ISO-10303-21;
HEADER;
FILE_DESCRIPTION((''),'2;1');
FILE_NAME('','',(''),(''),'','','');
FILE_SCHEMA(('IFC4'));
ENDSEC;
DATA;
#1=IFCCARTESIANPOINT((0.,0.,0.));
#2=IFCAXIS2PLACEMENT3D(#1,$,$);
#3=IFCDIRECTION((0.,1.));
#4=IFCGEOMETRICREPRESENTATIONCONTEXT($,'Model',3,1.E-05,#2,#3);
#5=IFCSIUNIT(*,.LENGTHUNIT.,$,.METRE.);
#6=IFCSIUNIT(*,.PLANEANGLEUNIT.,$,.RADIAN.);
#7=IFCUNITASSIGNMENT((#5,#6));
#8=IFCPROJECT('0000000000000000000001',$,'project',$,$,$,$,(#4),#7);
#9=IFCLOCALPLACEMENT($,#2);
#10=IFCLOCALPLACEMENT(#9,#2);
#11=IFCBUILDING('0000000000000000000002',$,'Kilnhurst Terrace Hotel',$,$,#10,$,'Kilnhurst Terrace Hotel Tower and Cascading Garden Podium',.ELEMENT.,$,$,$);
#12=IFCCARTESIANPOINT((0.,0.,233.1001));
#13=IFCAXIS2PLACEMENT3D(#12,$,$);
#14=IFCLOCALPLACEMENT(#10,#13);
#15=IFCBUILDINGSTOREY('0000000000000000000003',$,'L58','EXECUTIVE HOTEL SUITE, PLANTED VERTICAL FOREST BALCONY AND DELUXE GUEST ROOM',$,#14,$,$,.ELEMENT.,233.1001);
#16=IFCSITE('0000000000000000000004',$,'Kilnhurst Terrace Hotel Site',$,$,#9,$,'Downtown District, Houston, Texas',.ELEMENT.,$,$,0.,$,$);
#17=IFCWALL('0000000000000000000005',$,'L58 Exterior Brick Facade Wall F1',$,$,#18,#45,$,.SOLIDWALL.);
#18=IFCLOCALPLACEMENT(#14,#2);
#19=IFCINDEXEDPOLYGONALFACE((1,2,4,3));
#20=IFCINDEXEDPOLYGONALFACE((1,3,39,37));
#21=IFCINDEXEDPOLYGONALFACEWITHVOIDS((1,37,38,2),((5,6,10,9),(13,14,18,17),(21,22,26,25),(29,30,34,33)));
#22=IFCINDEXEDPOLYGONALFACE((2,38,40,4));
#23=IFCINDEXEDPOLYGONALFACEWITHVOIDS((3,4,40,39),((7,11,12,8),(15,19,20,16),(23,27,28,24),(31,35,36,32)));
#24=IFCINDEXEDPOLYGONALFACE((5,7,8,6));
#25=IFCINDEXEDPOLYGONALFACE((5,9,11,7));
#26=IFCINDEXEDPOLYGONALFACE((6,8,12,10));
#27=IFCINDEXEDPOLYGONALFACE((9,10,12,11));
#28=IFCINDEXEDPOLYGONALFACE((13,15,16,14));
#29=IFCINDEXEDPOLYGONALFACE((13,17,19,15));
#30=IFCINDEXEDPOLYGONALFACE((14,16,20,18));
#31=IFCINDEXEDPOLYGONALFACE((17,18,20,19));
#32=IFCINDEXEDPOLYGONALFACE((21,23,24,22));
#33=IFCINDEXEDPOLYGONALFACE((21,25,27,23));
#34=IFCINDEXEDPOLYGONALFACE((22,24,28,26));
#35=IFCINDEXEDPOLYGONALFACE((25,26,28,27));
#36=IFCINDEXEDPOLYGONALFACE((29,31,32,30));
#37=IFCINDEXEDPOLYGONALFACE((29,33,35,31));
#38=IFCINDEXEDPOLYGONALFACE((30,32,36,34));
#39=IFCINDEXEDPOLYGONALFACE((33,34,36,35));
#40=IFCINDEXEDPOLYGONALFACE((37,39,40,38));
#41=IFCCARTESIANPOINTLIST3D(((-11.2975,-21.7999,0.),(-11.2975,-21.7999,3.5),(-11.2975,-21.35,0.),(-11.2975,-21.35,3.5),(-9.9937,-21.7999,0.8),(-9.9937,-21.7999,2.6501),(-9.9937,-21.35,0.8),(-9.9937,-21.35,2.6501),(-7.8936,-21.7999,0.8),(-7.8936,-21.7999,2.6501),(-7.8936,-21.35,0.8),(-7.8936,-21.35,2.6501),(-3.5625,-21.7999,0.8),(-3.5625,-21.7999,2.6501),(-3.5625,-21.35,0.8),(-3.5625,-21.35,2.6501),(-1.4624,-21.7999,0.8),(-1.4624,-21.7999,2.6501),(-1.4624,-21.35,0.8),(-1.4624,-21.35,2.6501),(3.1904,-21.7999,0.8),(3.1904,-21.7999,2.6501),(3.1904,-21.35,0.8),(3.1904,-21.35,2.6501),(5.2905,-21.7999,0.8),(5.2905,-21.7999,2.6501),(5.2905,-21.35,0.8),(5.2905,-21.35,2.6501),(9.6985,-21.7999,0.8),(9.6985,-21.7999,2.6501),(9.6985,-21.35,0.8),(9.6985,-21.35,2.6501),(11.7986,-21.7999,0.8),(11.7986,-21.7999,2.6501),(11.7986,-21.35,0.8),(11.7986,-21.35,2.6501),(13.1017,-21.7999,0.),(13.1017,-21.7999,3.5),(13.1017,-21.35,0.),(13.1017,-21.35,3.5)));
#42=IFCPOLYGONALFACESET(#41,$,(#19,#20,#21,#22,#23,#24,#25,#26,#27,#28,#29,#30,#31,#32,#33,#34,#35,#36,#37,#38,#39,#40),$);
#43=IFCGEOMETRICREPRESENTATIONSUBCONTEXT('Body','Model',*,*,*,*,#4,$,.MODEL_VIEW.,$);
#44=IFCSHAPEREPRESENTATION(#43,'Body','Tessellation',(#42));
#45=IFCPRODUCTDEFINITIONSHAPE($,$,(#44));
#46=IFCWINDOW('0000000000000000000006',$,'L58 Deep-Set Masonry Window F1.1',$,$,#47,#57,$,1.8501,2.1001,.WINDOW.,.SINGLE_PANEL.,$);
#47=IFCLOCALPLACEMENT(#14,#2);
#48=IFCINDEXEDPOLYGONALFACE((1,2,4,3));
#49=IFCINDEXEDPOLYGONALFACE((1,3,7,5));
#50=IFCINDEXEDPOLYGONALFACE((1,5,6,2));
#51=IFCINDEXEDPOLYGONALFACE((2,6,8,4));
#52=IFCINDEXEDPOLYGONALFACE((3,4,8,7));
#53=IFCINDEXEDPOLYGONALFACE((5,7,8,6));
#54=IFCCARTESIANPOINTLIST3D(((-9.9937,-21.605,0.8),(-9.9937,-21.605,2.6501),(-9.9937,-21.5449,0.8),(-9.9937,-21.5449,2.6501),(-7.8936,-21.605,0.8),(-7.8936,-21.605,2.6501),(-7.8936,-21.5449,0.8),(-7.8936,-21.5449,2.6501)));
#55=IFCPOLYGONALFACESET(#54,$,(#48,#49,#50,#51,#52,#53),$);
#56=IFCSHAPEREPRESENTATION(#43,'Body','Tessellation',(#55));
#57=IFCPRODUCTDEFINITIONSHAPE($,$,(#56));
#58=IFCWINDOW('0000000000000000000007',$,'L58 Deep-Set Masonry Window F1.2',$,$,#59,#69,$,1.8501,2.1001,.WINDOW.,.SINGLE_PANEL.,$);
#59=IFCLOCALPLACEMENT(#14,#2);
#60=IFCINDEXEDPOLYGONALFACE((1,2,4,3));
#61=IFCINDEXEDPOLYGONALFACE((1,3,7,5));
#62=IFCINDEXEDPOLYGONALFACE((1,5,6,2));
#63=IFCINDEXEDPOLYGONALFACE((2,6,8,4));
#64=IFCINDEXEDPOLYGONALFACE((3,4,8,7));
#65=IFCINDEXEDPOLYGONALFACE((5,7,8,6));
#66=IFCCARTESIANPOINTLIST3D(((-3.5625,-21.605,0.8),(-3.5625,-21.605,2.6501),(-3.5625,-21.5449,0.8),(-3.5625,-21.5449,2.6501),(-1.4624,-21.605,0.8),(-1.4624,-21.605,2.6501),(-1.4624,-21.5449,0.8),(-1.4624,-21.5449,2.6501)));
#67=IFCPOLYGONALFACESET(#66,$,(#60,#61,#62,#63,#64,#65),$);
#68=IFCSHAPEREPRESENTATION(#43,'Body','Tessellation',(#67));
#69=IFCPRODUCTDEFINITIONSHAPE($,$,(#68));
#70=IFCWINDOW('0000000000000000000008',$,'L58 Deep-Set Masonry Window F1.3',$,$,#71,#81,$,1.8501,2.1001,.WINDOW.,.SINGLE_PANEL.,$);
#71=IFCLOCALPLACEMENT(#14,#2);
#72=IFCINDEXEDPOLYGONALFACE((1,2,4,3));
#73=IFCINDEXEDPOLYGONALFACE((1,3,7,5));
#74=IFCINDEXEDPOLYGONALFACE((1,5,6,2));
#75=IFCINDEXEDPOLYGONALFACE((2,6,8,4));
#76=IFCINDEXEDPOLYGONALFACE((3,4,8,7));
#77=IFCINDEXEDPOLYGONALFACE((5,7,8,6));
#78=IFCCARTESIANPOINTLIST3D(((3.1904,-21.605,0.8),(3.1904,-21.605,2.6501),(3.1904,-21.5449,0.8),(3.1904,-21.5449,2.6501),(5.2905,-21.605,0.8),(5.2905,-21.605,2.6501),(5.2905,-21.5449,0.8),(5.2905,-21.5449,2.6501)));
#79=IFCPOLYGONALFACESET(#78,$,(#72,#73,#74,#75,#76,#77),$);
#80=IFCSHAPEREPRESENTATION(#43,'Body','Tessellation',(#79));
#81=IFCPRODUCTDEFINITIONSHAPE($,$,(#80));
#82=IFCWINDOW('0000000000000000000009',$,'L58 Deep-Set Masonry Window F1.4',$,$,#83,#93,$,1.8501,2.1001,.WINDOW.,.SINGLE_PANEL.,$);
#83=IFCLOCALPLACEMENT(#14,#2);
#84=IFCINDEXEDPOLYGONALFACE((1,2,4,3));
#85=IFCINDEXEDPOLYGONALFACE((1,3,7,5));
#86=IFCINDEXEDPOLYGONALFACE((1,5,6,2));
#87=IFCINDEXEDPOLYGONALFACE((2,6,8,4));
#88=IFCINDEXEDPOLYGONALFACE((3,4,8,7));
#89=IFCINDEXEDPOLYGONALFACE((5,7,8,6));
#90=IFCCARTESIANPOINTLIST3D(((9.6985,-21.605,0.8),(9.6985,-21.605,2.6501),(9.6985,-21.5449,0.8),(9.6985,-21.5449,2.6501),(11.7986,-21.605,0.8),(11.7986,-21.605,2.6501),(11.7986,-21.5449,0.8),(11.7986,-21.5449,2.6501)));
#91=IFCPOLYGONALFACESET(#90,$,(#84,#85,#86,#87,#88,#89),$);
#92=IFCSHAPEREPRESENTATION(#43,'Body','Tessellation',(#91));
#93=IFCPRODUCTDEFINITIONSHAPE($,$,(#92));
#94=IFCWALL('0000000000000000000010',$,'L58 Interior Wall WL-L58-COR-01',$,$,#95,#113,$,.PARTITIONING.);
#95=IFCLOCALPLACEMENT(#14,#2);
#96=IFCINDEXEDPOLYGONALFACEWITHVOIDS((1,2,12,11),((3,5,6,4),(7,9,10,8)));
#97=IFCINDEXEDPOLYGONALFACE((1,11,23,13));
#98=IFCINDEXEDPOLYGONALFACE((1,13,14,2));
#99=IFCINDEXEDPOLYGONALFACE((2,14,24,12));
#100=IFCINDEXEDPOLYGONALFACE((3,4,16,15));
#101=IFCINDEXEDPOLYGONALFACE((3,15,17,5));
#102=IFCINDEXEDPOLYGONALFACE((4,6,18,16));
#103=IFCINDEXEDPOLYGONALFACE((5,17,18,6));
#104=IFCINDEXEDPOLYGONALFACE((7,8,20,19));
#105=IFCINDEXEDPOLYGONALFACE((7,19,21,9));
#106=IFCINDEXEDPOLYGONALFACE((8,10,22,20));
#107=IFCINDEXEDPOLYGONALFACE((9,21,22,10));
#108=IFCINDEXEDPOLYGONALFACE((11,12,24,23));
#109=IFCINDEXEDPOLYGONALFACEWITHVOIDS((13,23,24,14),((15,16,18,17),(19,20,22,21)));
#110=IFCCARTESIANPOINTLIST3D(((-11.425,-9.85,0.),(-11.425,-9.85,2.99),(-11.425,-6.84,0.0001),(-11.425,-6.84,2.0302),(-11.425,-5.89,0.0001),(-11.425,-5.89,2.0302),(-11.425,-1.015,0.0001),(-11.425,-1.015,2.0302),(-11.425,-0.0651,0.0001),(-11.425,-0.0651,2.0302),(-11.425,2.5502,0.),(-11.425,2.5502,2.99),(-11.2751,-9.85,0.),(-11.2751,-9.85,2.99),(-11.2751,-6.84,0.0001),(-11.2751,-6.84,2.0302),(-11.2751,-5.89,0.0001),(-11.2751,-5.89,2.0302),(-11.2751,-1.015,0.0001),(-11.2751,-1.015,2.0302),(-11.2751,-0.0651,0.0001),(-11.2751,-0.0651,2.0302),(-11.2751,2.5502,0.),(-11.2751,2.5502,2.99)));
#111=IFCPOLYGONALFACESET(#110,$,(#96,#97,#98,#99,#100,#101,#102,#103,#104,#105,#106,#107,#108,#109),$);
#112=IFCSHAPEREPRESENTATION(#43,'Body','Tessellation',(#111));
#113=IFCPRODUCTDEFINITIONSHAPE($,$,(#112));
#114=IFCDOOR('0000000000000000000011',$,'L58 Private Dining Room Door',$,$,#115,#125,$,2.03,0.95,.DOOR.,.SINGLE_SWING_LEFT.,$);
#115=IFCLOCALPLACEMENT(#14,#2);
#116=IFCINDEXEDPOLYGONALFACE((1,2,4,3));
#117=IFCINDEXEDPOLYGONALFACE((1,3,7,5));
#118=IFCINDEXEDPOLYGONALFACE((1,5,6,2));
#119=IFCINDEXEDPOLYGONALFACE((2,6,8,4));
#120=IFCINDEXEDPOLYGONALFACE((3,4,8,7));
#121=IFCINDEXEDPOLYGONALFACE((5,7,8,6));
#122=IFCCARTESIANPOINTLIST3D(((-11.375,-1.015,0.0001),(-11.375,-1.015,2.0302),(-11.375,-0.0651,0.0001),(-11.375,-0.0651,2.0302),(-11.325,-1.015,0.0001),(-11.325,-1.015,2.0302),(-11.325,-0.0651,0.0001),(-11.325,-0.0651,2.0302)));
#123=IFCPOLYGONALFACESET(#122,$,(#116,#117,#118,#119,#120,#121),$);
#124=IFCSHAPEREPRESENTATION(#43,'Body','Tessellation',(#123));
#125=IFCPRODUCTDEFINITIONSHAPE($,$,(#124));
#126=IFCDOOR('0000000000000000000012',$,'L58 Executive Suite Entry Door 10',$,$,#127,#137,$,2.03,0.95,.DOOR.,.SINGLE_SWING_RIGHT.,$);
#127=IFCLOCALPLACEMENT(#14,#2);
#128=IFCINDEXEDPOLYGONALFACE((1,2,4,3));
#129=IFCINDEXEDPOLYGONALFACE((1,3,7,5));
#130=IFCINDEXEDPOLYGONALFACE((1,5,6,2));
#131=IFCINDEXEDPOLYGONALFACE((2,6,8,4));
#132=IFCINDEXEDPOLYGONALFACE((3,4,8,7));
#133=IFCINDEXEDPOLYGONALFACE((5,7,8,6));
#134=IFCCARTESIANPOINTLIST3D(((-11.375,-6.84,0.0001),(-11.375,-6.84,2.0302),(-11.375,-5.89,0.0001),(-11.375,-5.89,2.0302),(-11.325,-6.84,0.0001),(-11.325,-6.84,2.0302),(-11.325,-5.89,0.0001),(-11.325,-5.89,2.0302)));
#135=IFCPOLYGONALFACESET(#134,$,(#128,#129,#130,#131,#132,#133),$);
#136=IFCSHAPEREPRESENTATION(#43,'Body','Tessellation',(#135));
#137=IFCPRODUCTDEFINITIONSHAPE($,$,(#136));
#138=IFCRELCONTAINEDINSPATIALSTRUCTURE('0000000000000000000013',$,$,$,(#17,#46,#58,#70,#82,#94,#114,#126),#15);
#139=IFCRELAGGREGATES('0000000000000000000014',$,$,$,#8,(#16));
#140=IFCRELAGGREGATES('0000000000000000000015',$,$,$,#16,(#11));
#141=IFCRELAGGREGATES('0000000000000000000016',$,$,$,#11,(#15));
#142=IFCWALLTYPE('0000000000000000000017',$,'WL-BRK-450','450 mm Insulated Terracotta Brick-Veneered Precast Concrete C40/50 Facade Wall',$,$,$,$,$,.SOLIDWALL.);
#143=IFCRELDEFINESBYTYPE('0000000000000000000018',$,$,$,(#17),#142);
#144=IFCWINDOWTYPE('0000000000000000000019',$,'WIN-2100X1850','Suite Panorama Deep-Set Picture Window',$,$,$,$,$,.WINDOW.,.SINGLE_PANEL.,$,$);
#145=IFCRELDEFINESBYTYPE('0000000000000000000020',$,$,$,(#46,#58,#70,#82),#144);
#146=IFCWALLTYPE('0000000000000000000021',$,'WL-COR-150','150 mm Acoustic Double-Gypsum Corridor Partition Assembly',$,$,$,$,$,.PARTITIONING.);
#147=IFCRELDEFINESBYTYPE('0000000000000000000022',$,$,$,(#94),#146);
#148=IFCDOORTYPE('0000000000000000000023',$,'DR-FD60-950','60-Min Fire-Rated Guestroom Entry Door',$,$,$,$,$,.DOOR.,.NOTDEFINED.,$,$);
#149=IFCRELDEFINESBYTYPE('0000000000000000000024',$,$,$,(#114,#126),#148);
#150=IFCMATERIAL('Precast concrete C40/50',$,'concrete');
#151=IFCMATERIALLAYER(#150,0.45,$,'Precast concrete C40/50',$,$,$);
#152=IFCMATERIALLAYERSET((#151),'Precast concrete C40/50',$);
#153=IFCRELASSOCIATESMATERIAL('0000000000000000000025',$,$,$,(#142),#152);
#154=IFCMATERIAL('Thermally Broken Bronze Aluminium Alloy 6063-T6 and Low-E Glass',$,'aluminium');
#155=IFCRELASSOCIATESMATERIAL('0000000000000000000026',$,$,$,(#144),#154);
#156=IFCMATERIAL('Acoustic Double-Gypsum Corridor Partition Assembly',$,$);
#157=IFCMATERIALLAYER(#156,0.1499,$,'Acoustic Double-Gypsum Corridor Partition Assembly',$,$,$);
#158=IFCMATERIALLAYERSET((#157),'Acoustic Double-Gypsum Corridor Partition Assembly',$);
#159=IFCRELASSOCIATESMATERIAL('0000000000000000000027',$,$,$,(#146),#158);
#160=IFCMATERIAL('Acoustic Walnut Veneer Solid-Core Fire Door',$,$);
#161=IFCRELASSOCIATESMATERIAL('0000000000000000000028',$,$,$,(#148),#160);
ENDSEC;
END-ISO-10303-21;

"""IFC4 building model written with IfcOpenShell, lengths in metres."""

from ifc_helpers import new_model, si_unit, direction, frame, frame_2d, origin, place, context, subcontext, project, spatial, rectangle, extrude, material, layer, layer_set, type_object, element, fill, save


model = new_model("IFC4")

# Units and contexts
model_context = context("Model", 3, precision=1e-05, world=origin(), true_north=direction((0.0, 1.0)))
body_context = subcontext(model_context, "Body", "Model", "MODEL_VIEW")
ifc_project = project(units=[si_unit("LENGTHUNIT", "METRE"), si_unit("PLANEANGLEUNIT", "RADIAN")], contexts=[model_context])

# Site, building, storey
site_placement = place(None, origin())
site = spatial("IfcSite", under=ifc_project, at=site_placement, Name="Kilnhurst Terrace Hotel Site", LongName="Downtown District, Houston, Texas", CompositionType="ELEMENT", RefElevation=0.0)
building_placement = place(site_placement, origin())
building = spatial("IfcBuilding", under=site, at=building_placement, Name="Kilnhurst Terrace Hotel", LongName="Kilnhurst Terrace Hotel Tower and Cascading Garden Podium", CompositionType="ELEMENT")
storey_placement = place(building_placement, frame((0.0, 0.0, 233.1001)))
storey = spatial("IfcBuildingStorey", under=building, at=storey_placement, Name="L58", Description="EXECUTIVE HOTEL SUITE, PLANTED VERTICAL FOREST BALCONY AND DELUXE GUEST ROOM", CompositionType="ELEMENT", Elevation=233.1001)

# Shared definitions
ifc_material_1 = material(Name="Precast concrete C40/50", Category="concrete")
ifc_layer_1 = layer(ifc_material_1, 0.45, Name="Precast concrete C40/50")
ifc_layer_set_1 = layer_set([ifc_layer_1], Name="Precast concrete C40/50")
wall_type_1 = type_object("IfcWallType", Name="WL-BRK-450", Description="450 mm Insulated Terracotta Brick-Veneered Precast Concrete C40/50 Facade Wall", PredefinedType="SOLIDWALL", material=ifc_layer_set_1)

# Wall, openings, windows
wall_1_placement = place(storey_placement, frame((-11.2976, -21.575, 0.0), z_axis=(0.0, 0.0, 1.0), x_axis=(1.0, 0.0, 0.0)))
wall_1 = element("IfcWall", 1, at=wall_1_placement, inside=storey, type_object=wall_type_1, Name="L58 Exterior Brick Facade Wall F1", PredefinedType="SOLIDWALL", context=body_context, shape_type="SweptSolid", body=[
    extrude(rectangle(XDim=24.3992, YDim=0.45, at=frame_2d((12.1997, 0.0))), origin(), (0.0, 0.0, 1.0), 3.5),
])
opening_1_placement = place(wall_1_placement, frame((1.304, 0.0, 0.8)))
opening_1 = element("IfcOpeningElement", 2, at=opening_1_placement, cuts=wall_1, PredefinedType="OPENING", context=body_context, shape_type="SweptSolid", body=[
    extrude(rectangle(XDim=2.1001, YDim=1.8501, at=frame_2d((1.05, 0.925))), frame((0.0, 0.2349, 0.0), z_axis=(0.0, -1.0, 0.0), x_axis=(1.0, 0.0, 0.0)), (0.0, 0.0, 1.0), 0.47),
])
opening_2_placement = place(wall_1_placement, frame((7.7351, 0.0, 0.8)))
opening_2 = element("IfcOpeningElement", 3, at=opening_2_placement, cuts=wall_1, PredefinedType="OPENING", context=body_context, shape_type="SweptSolid", body=[
    extrude(rectangle(XDim=2.1001, YDim=1.8501, at=frame_2d((1.05, 0.925))), frame((0.0, 0.2349, 0.0), z_axis=(0.0, -1.0, 0.0), x_axis=(1.0, 0.0, 0.0)), (0.0, 0.0, 1.0), 0.47),
])
opening_3_placement = place(wall_1_placement, frame((14.488, 0.0, 0.8)))
opening_3 = element("IfcOpeningElement", 4, at=opening_3_placement, cuts=wall_1, PredefinedType="OPENING", context=body_context, shape_type="SweptSolid", body=[
    extrude(rectangle(XDim=2.1001, YDim=1.8501, at=frame_2d((1.05, 0.925))), frame((0.0, 0.2349, 0.0), z_axis=(0.0, -1.0, 0.0), x_axis=(1.0, 0.0, 0.0)), (0.0, 0.0, 1.0), 0.47),
])
opening_4_placement = place(wall_1_placement, frame((20.9961, 0.0, 0.8)))
opening_4 = element("IfcOpeningElement", 5, at=opening_4_placement, cuts=wall_1, PredefinedType="OPENING", context=body_context, shape_type="SweptSolid", body=[
    extrude(rectangle(XDim=2.1001, YDim=1.8501, at=frame_2d((1.05, 0.925))), frame((0.0, 0.2349, 0.0), z_axis=(0.0, -1.0, 0.0), x_axis=(1.0, 0.0, 0.0)), (0.0, 0.0, 1.0), 0.47),
])
ifc_material_2 = material(Name="Thermally Broken Bronze Aluminium Alloy 6063-T6 and Low-E Glass", Category="aluminium")
window_type = type_object("IfcWindowType", Name="WIN-2100X1850", Description="Suite Panorama Deep-Set Picture Window", PartitioningType="SINGLE_PANEL", PredefinedType="WINDOW", material=ifc_material_2)
window_1_placement = place(opening_1_placement, origin())
window_1 = element("IfcWindow", 6, at=window_1_placement, inside=storey, type_object=window_type, Name="L58 Deep-Set Masonry Window F1.1", OverallHeight=1.8501, OverallWidth=2.1001, PartitioningType="SINGLE_PANEL", PredefinedType="WINDOW", context=body_context, shape_type="SweptSolid", body=[
    extrude(rectangle(XDim=2.1001, YDim=1.8501, at=frame_2d((1.05, 0.925))), frame((0.0, 0.03, 0.0), z_axis=(0.0, -1.0, 0.0), x_axis=(1.0, 0.0, 0.0)), (0.0, 0.0, 1.0), 0.0601),
])
fill(opening_1, window_1)
window_2_placement = place(opening_2_placement, origin())
window_2 = element("IfcWindow", 7, at=window_2_placement, inside=storey, type_object=window_type, Name="L58 Deep-Set Masonry Window F1.2", OverallHeight=1.8501, OverallWidth=2.1001, PartitioningType="SINGLE_PANEL", PredefinedType="WINDOW", context=body_context, shape_type="SweptSolid", body=[
    extrude(rectangle(XDim=2.1001, YDim=1.8501, at=frame_2d((1.05, 0.925))), frame((0.0, 0.03, 0.0), z_axis=(0.0, -1.0, 0.0), x_axis=(1.0, 0.0, 0.0)), (0.0, 0.0, 1.0), 0.0601),
])
fill(opening_2, window_2)
window_3_placement = place(opening_3_placement, origin())
window_3 = element("IfcWindow", 8, at=window_3_placement, inside=storey, type_object=window_type, Name="L58 Deep-Set Masonry Window F1.3", OverallHeight=1.8501, OverallWidth=2.1001, PartitioningType="SINGLE_PANEL", PredefinedType="WINDOW", context=body_context, shape_type="SweptSolid", body=[
    extrude(rectangle(XDim=2.1001, YDim=1.8501, at=frame_2d((1.05, 0.925))), frame((0.0, 0.03, 0.0), z_axis=(0.0, -1.0, 0.0), x_axis=(1.0, 0.0, 0.0)), (0.0, 0.0, 1.0), 0.0601),
])
fill(opening_3, window_3)
window_4_placement = place(opening_4_placement, origin())
window_4 = element("IfcWindow", 9, at=window_4_placement, inside=storey, type_object=window_type, Name="L58 Deep-Set Masonry Window F1.4", OverallHeight=1.8501, OverallWidth=2.1001, PartitioningType="SINGLE_PANEL", PredefinedType="WINDOW", context=body_context, shape_type="SweptSolid", body=[
    extrude(rectangle(XDim=2.1001, YDim=1.8501, at=frame_2d((1.05, 0.925))), frame((0.0, 0.03, 0.0), z_axis=(0.0, -1.0, 0.0), x_axis=(1.0, 0.0, 0.0)), (0.0, 0.0, 1.0), 0.0601),
])
fill(opening_4, window_4)

# Wall, openings, doors
ifc_material_3 = material(Name="Acoustic Double-Gypsum Corridor Partition Assembly")
ifc_layer_2 = layer(ifc_material_3, 0.1499, Name="Acoustic Double-Gypsum Corridor Partition Assembly")
ifc_layer_set_2 = layer_set([ifc_layer_2], Name="Acoustic Double-Gypsum Corridor Partition Assembly")
wall_type_2 = type_object("IfcWallType", Name="WL-COR-150", Description="150 mm Acoustic Double-Gypsum Corridor Partition Assembly", PredefinedType="PARTITIONING", material=ifc_layer_set_2)
wall_2_placement = place(storey_placement, frame((-11.3501, -9.8501, 0.0), z_axis=(0.0, 0.0, 1.0), x_axis=(0.0, 1.0, 0.0)))
wall_2 = element("IfcWall", 10, at=wall_2_placement, inside=storey, type_object=wall_type_2, Name="L58 Interior Wall WL-L58-COR-01", PredefinedType="PARTITIONING", context=body_context, shape_type="SweptSolid", body=[
    extrude(rectangle(XDim=12.4001, YDim=0.1499, at=frame_2d((6.2002, 0.0))), origin(), (0.0, 0.0, 1.0), 2.99),
])
opening_5_placement = place(wall_2_placement, frame((8.835, 0.0, 0.0)))
opening_5 = element("IfcOpeningElement", 11, at=opening_5_placement, cuts=wall_2, PredefinedType="OPENING", context=body_context, shape_type="SweptSolid", body=[
    extrude(rectangle(XDim=0.95, YDim=2.03, at=frame_2d((0.4751, 1.0151))), frame((0.0, 0.085, 0.0), z_axis=(0.0, -1.0, 0.0), x_axis=(1.0, 0.0, 0.0)), (0.0, 0.0, 1.0), 0.1699),
])
opening_6_placement = place(wall_2_placement, frame((3.01, 0.0, 0.0)))
opening_6 = element("IfcOpeningElement", 12, at=opening_6_placement, cuts=wall_2, PredefinedType="OPENING", context=body_context, shape_type="SweptSolid", body=[
    extrude(rectangle(XDim=0.95, YDim=2.03, at=frame_2d((0.4751, 1.0151))), frame((0.0, 0.085, 0.0), z_axis=(0.0, -1.0, 0.0), x_axis=(1.0, 0.0, 0.0)), (0.0, 0.0, 1.0), 0.1699),
])
ifc_material_4 = material(Name="Acoustic Walnut Veneer Solid-Core Fire Door")
door_type_1 = type_object("IfcDoorType", Name="DR-FD60-950", Description="60-Min Fire-Rated Guestroom Entry Door", OperationType="NOTDEFINED", PredefinedType="DOOR", material=ifc_material_4)
door_1_placement = place(opening_5_placement, origin())
door_1 = element("IfcDoor", 13, at=door_1_placement, inside=storey, type_object=door_type_1, Name="L58 Private Dining Room Door", OperationType="SINGLE_SWING_LEFT", OverallHeight=2.03, OverallWidth=0.95, PredefinedType="DOOR", context=body_context, shape_type="SweptSolid", body=[
    extrude(rectangle(XDim=0.95, YDim=2.03, at=frame_2d((0.4751, 1.0151))), frame((0.0, 0.0249, 0.0), z_axis=(0.0, -1.0, 0.0), x_axis=(1.0, 0.0, 0.0)), (0.0, 0.0, 1.0), 0.05),
])
fill(opening_5, door_1)
door_2_placement = place(opening_6_placement, origin())
door_2 = element("IfcDoor", 14, at=door_2_placement, inside=storey, type_object=door_type_1, Name="L58 Executive Suite Entry Door 10", OperationType="SINGLE_SWING_RIGHT", OverallHeight=2.03, OverallWidth=0.95, PredefinedType="DOOR", context=body_context, shape_type="SweptSolid", body=[
    extrude(rectangle(XDim=0.95, YDim=2.03, at=frame_2d((0.4751, 1.0151))), frame((0.0, 0.0249, 0.0), z_axis=(0.0, -1.0, 0.0), x_axis=(1.0, 0.0, 0.0)), (0.0, 0.0, 1.0), 0.05),
])
fill(opening_6, door_2)

save(model, "model.ifc")
